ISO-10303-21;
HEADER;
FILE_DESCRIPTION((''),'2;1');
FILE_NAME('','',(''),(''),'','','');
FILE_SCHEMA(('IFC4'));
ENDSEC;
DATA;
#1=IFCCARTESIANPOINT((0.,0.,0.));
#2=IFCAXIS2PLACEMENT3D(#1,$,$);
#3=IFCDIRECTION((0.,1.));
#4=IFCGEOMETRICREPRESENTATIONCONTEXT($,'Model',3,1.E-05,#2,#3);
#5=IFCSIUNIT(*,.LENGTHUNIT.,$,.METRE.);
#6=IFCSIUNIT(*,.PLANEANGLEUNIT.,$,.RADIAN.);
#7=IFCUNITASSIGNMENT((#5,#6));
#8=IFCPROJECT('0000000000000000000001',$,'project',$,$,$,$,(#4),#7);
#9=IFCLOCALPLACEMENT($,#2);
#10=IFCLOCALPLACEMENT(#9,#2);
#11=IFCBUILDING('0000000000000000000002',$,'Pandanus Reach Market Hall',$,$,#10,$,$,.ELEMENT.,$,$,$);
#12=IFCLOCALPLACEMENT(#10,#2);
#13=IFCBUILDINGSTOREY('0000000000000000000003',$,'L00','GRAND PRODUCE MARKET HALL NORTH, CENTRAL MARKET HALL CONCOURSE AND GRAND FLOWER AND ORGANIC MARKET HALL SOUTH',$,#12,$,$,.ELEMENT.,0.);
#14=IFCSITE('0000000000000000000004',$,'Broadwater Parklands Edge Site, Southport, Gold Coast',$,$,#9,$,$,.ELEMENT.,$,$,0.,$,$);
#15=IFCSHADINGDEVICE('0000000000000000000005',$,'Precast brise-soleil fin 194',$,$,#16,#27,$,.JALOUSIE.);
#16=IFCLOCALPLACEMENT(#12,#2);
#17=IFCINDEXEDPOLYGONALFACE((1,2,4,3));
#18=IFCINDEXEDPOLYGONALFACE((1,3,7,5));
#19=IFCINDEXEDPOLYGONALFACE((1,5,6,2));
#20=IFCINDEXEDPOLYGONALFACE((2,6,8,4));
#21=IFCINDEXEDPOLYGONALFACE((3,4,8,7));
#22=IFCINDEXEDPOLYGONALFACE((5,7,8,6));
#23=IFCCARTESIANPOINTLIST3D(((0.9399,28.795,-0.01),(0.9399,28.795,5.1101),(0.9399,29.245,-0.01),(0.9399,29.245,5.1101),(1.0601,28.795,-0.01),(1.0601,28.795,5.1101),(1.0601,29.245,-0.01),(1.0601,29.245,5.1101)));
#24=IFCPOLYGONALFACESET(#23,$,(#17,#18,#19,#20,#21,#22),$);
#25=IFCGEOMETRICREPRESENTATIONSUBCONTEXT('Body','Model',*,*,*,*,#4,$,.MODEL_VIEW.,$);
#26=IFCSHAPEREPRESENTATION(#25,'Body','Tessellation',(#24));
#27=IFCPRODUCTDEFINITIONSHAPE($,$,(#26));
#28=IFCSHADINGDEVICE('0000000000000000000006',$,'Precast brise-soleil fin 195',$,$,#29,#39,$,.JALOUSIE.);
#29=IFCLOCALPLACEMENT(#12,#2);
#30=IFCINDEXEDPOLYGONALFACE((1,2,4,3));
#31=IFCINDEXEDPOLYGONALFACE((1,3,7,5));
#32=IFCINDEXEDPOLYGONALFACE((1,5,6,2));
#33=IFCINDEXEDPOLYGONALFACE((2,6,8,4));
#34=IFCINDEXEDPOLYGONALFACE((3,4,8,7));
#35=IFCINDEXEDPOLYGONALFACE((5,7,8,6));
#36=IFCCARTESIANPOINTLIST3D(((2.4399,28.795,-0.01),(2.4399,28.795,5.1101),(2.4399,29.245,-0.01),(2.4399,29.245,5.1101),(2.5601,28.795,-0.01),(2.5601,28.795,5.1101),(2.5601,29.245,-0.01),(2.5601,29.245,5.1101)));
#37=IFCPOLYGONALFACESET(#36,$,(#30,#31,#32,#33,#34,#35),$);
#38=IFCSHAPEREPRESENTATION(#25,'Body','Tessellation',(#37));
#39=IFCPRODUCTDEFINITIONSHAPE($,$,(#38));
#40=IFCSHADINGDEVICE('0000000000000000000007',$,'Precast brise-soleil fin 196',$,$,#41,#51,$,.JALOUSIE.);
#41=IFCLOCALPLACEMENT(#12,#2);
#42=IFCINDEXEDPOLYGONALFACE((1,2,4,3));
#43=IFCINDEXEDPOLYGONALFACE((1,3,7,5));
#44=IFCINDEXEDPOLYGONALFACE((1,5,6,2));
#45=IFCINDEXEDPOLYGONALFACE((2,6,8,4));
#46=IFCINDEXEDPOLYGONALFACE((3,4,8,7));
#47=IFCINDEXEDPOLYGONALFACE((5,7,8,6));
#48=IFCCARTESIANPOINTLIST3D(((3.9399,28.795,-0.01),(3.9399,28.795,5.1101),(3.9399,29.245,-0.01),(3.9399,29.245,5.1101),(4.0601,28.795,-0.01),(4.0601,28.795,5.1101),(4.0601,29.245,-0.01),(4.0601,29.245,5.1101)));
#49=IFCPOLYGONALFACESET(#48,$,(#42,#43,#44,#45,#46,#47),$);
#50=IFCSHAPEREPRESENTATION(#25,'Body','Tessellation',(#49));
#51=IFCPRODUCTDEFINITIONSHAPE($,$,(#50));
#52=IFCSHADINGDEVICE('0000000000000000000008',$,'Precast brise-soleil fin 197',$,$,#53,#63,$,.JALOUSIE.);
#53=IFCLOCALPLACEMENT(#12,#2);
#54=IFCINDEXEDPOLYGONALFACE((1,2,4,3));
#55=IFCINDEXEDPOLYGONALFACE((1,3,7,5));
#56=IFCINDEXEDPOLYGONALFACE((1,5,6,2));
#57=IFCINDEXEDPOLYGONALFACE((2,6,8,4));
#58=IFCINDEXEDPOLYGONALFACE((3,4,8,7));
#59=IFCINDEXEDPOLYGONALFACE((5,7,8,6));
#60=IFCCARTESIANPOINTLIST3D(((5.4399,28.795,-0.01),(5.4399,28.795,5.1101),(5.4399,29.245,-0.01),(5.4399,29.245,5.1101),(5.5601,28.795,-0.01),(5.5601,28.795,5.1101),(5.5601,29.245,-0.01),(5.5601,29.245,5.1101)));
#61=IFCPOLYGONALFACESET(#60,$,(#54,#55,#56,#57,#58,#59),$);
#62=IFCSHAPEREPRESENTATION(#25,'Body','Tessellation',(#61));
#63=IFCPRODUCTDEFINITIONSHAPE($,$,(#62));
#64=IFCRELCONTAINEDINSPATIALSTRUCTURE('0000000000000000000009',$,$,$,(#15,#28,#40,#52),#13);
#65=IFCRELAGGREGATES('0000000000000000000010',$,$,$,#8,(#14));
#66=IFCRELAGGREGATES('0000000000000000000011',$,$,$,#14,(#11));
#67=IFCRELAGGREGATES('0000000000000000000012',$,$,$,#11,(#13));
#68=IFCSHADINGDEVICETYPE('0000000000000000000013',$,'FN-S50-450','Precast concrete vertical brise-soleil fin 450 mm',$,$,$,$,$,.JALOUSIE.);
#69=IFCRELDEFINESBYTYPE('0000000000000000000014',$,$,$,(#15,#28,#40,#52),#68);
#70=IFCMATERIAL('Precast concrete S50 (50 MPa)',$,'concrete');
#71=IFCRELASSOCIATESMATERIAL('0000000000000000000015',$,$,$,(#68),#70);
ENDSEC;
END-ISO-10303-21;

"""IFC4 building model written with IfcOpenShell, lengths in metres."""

from ifc_helpers import new_model, si_unit, direction, frame, origin, origin_2d, place, context, subcontext, project, spatial, rectangle, extrude, material, type_object, element, save


model = new_model("IFC4")

# Units and contexts
model_context = context("Model", 3, precision=1e-05, world=origin(), true_north=direction((0.0, 1.0)))
body_context = subcontext(model_context, "Body", "Model", "MODEL_VIEW")
ifc_project = project(units=[si_unit("LENGTHUNIT", "METRE"), si_unit("PLANEANGLEUNIT", "RADIAN")], contexts=[model_context])

# Site, building, storey
site_placement = place(None, origin())
site = spatial("IfcSite", under=ifc_project, at=site_placement, Name="Broadwater Parklands Edge Site, Southport, Gold Coast", CompositionType="ELEMENT", RefElevation=0.0)
building_placement = place(site_placement, origin())
building = spatial("IfcBuilding", under=site, at=building_placement, Name="Pandanus Reach Market Hall", CompositionType="ELEMENT")
storey_placement = place(building_placement, origin())
storey = spatial("IfcBuildingStorey", under=building, at=storey_placement, Name="L00", Description="GRAND PRODUCE MARKET HALL NORTH, CENTRAL MARKET HALL CONCOURSE AND GRAND FLOWER AND ORGANIC MARKET HALL SOUTH", CompositionType="ELEMENT", Elevation=0.0)

# Shading devices
ifc_material_1 = material(Name="Precast concrete S50 (50 MPa)", Category="concrete")
shading_device_type = type_object("IfcShadingDeviceType", Name="FN-S50-450", Description="Precast concrete vertical brise-soleil fin 450 mm", PredefinedType="JALOUSIE", material=ifc_material_1)
for number, where, z_axis, x_axis, name in (
    (1, (1.0, 29.02, -0.01), (0.0, 0.0, 1.0), (0.0, 1.0, 0.0), "Precast brise-soleil fin 194"),
    (2, (2.5, 29.02, -0.01), (0.0, 0.0, 1.0), (0.0, 1.0, 0.0), "Precast brise-soleil fin 195"),
    (3, (4.0, 29.02, -0.01), (0.0, 0.0, 1.0), (0.0, 1.0, 0.0), "Precast brise-soleil fin 196"),
    (4, (5.5, 29.02, -0.01), (0.0, 0.0, 1.0), (0.0, 1.0, 0.0), "Precast brise-soleil fin 197"),
):
    element("IfcShadingDevice", number, at=place(storey_placement, frame(where, z_axis=z_axis, x_axis=x_axis)), inside=storey, type_object=shading_device_type, Name=name, PredefinedType="JALOUSIE", context=body_context, shape_type="SweptSolid", body=[
        extrude(rectangle(XDim=0.45, YDim=0.1201, at=origin_2d()), origin(), (0.0, 0.0, 1.0), 5.1201),
    ])

save(model, "model.ifc")
